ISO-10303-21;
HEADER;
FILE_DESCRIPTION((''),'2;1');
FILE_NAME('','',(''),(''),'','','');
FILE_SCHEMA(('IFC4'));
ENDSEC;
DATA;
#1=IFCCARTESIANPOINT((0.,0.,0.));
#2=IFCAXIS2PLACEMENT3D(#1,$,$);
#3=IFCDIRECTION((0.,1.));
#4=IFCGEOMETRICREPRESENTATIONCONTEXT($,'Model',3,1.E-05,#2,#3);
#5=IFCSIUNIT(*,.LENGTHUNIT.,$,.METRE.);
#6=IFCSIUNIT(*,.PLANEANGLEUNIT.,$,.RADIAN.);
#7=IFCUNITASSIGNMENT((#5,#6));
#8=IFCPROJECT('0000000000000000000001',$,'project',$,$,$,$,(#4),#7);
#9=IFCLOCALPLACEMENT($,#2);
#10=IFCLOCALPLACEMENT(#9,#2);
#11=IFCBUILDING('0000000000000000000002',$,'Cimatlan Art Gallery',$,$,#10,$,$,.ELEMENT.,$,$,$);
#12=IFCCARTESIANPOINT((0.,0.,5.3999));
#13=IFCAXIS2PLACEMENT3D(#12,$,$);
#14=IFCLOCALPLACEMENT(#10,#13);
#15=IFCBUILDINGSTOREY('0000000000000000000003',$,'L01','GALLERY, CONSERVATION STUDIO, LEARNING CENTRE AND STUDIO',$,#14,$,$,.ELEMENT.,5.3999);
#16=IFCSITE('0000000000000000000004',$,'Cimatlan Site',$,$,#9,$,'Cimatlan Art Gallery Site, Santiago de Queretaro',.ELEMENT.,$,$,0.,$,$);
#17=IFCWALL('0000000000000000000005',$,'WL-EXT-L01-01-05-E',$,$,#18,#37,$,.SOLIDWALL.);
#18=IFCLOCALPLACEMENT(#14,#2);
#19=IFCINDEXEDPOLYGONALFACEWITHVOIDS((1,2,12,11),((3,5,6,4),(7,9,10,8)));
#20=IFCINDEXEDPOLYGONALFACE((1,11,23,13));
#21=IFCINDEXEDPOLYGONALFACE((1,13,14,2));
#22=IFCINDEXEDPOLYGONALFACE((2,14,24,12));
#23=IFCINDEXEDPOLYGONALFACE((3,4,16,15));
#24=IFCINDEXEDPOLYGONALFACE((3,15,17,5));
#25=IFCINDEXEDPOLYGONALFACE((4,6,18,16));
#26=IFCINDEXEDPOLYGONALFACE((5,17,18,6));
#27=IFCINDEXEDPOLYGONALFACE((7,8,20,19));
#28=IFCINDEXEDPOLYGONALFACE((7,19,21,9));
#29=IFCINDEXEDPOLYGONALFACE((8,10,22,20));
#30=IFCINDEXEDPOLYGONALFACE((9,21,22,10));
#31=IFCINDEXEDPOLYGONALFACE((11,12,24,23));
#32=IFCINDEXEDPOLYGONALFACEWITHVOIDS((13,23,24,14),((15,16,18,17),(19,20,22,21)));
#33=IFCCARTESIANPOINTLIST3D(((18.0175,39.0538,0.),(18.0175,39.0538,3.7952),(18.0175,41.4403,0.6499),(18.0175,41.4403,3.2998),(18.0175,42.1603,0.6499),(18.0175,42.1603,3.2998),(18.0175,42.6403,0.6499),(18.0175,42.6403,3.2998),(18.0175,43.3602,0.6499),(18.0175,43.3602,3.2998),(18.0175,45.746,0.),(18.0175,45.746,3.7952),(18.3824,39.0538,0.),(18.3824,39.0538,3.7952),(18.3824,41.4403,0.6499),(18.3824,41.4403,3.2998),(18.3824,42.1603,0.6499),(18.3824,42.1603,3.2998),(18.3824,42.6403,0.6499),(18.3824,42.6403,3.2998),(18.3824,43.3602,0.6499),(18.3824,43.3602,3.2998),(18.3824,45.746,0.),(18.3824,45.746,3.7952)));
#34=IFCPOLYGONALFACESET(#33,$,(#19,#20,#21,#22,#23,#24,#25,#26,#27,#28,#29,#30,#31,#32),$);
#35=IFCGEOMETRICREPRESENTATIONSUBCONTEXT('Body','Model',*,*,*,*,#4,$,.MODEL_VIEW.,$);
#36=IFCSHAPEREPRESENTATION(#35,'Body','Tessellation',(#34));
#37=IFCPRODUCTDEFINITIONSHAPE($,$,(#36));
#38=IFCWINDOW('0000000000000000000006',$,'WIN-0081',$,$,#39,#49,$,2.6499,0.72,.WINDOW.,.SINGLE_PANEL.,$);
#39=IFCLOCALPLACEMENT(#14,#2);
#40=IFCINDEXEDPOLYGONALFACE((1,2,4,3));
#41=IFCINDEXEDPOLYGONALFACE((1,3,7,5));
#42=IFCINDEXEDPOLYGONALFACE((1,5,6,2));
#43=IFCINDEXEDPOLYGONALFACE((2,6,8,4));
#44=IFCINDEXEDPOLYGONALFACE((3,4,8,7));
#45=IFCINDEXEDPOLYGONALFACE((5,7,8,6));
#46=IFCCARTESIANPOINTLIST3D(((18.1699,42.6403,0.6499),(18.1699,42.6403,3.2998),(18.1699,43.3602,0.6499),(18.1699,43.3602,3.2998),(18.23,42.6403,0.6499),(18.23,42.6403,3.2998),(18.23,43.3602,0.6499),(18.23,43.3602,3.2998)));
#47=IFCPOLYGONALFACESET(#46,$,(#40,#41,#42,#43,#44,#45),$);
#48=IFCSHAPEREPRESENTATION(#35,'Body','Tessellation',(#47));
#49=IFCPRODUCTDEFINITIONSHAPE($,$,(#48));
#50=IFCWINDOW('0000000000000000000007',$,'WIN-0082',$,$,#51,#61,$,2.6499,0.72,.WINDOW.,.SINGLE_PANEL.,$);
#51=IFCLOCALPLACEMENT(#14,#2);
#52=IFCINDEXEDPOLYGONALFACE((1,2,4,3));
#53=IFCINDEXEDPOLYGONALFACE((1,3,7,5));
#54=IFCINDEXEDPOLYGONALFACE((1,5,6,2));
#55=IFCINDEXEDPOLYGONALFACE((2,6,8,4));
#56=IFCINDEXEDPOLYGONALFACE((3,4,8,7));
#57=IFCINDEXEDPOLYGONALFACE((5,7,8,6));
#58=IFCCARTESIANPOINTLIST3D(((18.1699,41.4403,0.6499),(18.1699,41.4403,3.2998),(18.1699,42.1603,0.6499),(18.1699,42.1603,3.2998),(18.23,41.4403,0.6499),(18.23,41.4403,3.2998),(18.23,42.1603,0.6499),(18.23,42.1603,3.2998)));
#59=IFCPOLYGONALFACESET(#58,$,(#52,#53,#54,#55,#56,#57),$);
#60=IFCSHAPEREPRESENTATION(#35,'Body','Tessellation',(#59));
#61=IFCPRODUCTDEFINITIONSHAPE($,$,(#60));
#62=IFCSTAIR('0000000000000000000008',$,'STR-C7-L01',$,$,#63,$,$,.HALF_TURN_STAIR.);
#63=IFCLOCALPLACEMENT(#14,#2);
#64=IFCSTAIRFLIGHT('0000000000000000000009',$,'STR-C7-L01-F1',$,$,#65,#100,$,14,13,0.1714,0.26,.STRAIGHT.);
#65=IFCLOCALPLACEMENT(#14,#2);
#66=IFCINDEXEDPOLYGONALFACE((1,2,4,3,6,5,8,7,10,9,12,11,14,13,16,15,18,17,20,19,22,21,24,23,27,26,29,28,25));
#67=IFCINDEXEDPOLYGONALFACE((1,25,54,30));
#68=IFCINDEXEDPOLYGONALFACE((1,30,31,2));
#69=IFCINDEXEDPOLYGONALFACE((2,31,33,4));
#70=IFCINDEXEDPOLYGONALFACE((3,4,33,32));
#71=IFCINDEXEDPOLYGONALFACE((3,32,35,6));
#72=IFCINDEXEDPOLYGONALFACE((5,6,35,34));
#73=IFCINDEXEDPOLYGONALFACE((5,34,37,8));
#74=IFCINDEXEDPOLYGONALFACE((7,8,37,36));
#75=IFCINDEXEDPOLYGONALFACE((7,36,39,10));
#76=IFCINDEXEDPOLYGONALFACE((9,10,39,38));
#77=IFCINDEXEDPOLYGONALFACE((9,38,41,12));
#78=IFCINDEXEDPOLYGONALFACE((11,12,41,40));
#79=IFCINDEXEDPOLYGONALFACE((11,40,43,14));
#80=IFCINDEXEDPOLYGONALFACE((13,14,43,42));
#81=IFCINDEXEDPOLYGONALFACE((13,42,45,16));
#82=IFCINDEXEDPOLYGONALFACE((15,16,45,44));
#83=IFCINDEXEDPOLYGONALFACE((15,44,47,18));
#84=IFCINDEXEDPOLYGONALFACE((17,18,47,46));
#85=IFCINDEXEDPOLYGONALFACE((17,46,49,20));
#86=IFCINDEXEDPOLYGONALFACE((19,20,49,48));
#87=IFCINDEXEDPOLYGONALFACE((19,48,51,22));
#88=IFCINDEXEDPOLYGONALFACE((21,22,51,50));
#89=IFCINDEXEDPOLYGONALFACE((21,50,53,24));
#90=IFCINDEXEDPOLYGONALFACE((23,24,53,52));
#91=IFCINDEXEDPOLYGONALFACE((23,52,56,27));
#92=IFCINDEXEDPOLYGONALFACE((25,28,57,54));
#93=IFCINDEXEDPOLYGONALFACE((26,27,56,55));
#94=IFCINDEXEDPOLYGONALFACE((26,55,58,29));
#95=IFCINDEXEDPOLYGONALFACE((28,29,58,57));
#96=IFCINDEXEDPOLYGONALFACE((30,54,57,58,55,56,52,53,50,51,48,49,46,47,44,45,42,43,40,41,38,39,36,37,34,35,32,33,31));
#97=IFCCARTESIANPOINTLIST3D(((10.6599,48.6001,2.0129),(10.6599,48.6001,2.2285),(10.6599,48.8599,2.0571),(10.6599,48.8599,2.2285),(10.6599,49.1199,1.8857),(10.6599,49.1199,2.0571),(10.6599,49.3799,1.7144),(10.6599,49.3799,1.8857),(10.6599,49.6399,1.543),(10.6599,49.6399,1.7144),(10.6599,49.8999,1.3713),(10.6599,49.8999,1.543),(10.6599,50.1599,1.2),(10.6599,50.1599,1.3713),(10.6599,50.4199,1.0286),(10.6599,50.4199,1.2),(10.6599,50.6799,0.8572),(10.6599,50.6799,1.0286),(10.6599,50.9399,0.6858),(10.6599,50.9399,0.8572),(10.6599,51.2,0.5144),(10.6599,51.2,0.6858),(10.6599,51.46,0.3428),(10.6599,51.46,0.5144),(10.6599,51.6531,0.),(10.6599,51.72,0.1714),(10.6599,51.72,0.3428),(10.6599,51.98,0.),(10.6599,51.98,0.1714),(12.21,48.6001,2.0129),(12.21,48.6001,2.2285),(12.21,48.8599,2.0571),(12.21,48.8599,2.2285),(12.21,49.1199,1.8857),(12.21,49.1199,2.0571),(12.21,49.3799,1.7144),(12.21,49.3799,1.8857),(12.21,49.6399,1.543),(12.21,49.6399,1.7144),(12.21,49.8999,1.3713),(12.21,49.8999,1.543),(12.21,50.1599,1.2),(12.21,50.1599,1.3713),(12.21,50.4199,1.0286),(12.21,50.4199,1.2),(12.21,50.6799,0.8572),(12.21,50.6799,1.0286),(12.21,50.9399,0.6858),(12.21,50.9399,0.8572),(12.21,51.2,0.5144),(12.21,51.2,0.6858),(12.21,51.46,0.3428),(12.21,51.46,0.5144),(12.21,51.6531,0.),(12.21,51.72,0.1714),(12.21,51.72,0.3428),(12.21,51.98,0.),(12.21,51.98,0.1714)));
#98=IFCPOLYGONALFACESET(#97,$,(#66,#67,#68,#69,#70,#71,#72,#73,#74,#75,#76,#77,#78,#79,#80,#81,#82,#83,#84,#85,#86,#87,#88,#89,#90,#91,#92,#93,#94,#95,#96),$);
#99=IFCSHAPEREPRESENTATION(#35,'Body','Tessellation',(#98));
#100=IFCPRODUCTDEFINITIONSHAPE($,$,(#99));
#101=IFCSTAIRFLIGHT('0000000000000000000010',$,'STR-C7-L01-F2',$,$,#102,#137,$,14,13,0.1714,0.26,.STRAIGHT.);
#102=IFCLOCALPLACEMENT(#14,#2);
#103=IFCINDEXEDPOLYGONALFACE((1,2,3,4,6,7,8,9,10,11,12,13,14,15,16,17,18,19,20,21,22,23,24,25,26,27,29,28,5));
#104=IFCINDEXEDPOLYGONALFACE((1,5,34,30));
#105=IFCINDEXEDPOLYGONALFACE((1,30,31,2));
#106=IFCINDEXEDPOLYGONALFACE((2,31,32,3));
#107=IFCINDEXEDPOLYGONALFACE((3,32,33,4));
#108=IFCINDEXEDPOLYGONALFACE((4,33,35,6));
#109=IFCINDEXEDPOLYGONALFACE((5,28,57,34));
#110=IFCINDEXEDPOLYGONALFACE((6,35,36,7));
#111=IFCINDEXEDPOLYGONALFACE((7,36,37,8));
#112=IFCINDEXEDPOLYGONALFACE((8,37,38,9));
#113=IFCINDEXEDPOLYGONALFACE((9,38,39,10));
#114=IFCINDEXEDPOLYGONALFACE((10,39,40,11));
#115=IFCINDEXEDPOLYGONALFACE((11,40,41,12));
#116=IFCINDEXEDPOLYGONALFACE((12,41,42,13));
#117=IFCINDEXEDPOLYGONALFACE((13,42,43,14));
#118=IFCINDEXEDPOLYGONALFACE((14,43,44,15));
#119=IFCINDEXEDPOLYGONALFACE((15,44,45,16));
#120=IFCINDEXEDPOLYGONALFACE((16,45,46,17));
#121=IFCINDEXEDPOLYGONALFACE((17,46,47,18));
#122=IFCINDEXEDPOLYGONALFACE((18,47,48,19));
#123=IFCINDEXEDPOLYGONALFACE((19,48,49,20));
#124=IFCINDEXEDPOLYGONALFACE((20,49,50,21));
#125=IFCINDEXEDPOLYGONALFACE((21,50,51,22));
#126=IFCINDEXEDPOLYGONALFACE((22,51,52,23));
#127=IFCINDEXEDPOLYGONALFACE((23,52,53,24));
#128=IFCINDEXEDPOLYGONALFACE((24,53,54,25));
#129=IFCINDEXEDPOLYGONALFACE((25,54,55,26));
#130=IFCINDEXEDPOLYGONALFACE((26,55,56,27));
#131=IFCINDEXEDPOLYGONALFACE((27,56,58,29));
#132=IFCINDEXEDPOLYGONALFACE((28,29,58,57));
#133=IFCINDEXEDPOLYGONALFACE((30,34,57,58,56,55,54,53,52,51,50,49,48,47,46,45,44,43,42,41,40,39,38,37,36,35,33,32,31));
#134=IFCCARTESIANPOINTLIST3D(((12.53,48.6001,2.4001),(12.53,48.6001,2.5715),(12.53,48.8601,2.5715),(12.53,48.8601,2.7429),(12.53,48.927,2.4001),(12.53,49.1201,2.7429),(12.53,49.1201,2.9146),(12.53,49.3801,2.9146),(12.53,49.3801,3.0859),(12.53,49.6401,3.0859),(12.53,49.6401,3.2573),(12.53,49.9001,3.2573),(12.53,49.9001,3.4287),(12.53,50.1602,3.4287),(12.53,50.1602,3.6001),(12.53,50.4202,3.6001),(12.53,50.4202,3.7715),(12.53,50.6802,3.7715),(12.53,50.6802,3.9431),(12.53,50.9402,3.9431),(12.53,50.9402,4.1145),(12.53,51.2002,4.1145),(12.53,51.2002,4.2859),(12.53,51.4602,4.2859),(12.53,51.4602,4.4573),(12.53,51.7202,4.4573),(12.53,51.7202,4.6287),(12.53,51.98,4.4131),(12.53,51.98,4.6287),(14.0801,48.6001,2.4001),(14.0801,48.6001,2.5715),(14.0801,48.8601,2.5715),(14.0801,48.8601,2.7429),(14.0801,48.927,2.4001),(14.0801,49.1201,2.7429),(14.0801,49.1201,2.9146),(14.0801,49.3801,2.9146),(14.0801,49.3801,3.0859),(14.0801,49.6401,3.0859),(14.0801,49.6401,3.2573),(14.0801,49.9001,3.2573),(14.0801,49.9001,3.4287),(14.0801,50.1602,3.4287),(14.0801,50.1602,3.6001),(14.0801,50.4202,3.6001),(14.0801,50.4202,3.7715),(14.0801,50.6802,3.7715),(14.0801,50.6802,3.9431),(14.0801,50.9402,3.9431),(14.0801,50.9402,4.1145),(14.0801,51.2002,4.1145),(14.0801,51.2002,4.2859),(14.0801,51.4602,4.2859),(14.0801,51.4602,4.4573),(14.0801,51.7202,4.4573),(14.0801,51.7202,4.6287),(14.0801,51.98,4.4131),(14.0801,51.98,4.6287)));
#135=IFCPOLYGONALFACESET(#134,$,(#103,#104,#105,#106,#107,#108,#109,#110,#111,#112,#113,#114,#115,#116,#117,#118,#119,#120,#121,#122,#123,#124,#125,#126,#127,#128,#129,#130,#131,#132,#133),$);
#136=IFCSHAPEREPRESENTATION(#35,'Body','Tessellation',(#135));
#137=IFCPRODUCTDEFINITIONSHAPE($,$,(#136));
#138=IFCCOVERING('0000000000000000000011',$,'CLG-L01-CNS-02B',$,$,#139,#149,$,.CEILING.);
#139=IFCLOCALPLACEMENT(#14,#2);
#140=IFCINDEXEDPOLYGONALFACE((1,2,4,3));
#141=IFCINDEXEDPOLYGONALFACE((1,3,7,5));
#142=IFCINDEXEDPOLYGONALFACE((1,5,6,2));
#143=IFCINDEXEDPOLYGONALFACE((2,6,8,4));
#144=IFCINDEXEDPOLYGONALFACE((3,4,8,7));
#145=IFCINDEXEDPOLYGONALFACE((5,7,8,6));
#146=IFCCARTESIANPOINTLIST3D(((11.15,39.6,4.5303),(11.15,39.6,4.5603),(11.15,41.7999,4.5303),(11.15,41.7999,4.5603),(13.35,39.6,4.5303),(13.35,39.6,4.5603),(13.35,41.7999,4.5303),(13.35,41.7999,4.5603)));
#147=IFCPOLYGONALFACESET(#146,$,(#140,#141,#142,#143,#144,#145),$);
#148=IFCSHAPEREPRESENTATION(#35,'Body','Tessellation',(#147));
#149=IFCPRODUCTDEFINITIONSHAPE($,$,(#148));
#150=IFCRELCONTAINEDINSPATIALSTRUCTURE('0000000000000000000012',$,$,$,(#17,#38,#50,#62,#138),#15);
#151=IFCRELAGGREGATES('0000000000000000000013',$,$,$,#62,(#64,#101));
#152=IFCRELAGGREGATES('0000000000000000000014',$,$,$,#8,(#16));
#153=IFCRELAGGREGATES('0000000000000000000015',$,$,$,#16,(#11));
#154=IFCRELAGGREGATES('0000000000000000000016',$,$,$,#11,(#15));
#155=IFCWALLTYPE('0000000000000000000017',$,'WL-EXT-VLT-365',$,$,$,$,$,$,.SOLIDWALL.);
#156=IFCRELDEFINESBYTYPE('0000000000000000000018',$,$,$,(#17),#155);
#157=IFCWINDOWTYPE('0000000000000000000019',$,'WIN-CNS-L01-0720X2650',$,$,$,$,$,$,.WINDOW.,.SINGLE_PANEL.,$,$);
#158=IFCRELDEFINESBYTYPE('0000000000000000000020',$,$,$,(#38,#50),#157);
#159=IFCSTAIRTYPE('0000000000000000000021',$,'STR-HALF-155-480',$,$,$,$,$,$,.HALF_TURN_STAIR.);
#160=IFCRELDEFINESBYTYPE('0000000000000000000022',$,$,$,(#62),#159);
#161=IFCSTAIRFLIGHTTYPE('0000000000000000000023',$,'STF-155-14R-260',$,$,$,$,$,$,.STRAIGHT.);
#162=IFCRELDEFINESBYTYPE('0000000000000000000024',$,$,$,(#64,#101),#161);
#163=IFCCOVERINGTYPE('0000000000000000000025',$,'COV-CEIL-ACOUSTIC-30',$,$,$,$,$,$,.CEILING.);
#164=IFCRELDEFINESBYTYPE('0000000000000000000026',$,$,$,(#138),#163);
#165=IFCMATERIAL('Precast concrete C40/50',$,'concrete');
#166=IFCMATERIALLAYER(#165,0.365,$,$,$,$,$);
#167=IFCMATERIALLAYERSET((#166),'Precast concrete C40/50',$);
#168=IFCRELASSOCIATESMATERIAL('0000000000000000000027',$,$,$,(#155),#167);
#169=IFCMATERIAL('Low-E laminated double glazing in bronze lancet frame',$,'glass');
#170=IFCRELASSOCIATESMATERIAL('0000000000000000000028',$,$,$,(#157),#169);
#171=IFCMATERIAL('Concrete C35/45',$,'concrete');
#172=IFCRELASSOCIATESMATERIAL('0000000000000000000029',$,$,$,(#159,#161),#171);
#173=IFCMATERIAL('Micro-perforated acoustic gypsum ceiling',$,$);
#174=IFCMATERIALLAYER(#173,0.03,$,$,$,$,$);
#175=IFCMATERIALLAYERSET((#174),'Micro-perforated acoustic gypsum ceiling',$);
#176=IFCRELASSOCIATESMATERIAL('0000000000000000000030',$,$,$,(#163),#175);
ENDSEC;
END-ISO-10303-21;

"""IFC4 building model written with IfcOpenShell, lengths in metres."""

from ifc_helpers import new_model, si_unit, direction, frame, frame_2d, origin, origin_2d, place, context, subcontext, project, spatial, polyline, rectangle, outline, extrude, material, layer, layer_set, type_object, element, fill, aggregate, save


model = new_model("IFC4")

# Units and contexts
model_context = context("Model", 3, precision=1e-05, world=origin(), true_north=direction((0.0, 1.0)))
body_context = subcontext(model_context, "Body", "Model", "MODEL_VIEW")
ifc_project = project(units=[si_unit("LENGTHUNIT", "METRE"), si_unit("PLANEANGLEUNIT", "RADIAN")], contexts=[model_context])

# Site, building, storey
site_placement = place(None, origin())
site = spatial("IfcSite", under=ifc_project, at=site_placement, Name="Cimatlan Site", LongName="Cimatlan Art Gallery Site, Santiago de Queretaro", CompositionType="ELEMENT", RefElevation=0.0)
building_placement = place(site_placement, origin())
building = spatial("IfcBuilding", under=site, at=building_placement, Name="Cimatlan Art Gallery", CompositionType="ELEMENT")
storey_placement = place(building_placement, frame((0.0, 0.0, 5.3999)))
storey = spatial("IfcBuildingStorey", under=building, at=storey_placement, Name="L01", Description="GALLERY, CONSERVATION STUDIO, LEARNING CENTRE AND STUDIO", CompositionType="ELEMENT", Elevation=5.3999)

# Wall, openings, windows
ifc_material_1 = material(Name="Precast concrete C40/50", Category="concrete")
ifc_layer_1 = layer(ifc_material_1, 0.365)
ifc_layer_set_1 = layer_set([ifc_layer_1], Name="Precast concrete C40/50")
wall_type_1 = type_object("IfcWallType", Name="WL-EXT-VLT-365", PredefinedType="SOLIDWALL", material=ifc_layer_set_1)
wall_1_placement = place(storey_placement, frame((18.2, 45.7461, 0.0), z_axis=(0.0, 0.0, 1.0), x_axis=(0.0, -1.0, 0.0)))
wall_1 = element("IfcWall", 1, at=wall_1_placement, inside=storey, type_object=wall_type_1, Name="WL-EXT-L01-01-05-E", PredefinedType="SOLIDWALL", context=body_context, shape_type="SweptSolid", body=[
    extrude(rectangle(XDim=6.6921, YDim=0.365, at=frame_2d((3.3462, 0.0))), origin(), (0.0, 0.0, 1.0), 3.7952),
])
opening_1_placement = place(wall_1_placement, frame((2.386, 0.0, 0.6499)))
opening_1 = element("IfcOpeningElement", 2, at=opening_1_placement, cuts=wall_1, PredefinedType="OPENING", context=body_context, shape_type="SweptSolid", body=[
    extrude(rectangle(XDim=0.72, YDim=2.6499, at=frame_2d((0.3599, 1.325))), frame((0.0, 0.1924, 0.0), z_axis=(0.0, -1.0, 0.0), x_axis=(1.0, 0.0, 0.0)), (0.0, 0.0, 1.0), 0.385),
])
opening_2_placement = place(wall_1_placement, frame((3.5859, 0.0, 0.6499)))
opening_2 = element("IfcOpeningElement", 3, at=opening_2_placement, cuts=wall_1, PredefinedType="OPENING", context=body_context, shape_type="SweptSolid", body=[
    extrude(rectangle(XDim=0.72, YDim=2.6499, at=frame_2d((0.3599, 1.325))), frame((0.0, 0.1924, 0.0), z_axis=(0.0, -1.0, 0.0), x_axis=(1.0, 0.0, 0.0)), (0.0, 0.0, 1.0), 0.385),
])
ifc_material_2 = material(Name="Low-E laminated double glazing in bronze lancet frame", Category="glass")
window_type = type_object("IfcWindowType", Name="WIN-CNS-L01-0720X2650", PartitioningType="SINGLE_PANEL", PredefinedType="WINDOW", material=ifc_material_2)
window_1_placement = place(opening_1_placement, origin())
window_1 = element("IfcWindow", 4, at=window_1_placement, inside=storey, type_object=window_type, Name="WIN-0081", OverallHeight=2.6499, OverallWidth=0.72, PartitioningType="SINGLE_PANEL", PredefinedType="WINDOW", context=body_context, shape_type="SweptSolid", body=[
    extrude(rectangle(XDim=0.72, YDim=2.6499, at=frame_2d((0.3599, 1.325))), frame((0.0, 0.03, 0.0), z_axis=(0.0, -1.0, 0.0), x_axis=(1.0, 0.0, 0.0)), (0.0, 0.0, 1.0), 0.0601),
])
fill(opening_1, window_1)
window_2_placement = place(opening_2_placement, origin())
window_2 = element("IfcWindow", 5, at=window_2_placement, inside=storey, type_object=window_type, Name="WIN-0082", OverallHeight=2.6499, OverallWidth=0.72, PartitioningType="SINGLE_PANEL", PredefinedType="WINDOW", context=body_context, shape_type="SweptSolid", body=[
    extrude(rectangle(XDim=0.72, YDim=2.6499, at=frame_2d((0.3599, 1.325))), frame((0.0, 0.03, 0.0), z_axis=(0.0, -1.0, 0.0), x_axis=(1.0, 0.0, 0.0)), (0.0, 0.0, 1.0), 0.0601),
])
fill(opening_2, window_2)

# Stair, stair flights
ifc_material_3 = material(Name="Concrete C35/45", Category="concrete")
stair_type = type_object("IfcStairType", Name="STR-HALF-155-480", PredefinedType="HALF_TURN_STAIR", material=ifc_material_3)
stair_placement = place(storey_placement, origin())
stair = element("IfcStair", 6, at=stair_placement, inside=storey, type_object=stair_type, Name="STR-C7-L01", PredefinedType="HALF_TURN_STAIR")
stair_flight_type = type_object("IfcStairFlightType", Name="STF-155-14R-260", PredefinedType="STRAIGHT", material=ifc_material_3)
stair_flight_1_placement = place(storey_placement, frame((11.4351, 51.98, 0.0), z_axis=(0.0, 0.0, 1.0), x_axis=(0.0, -1.0, 0.0)))
stair_flight_1 = element("IfcStairFlight", 7, at=stair_flight_1_placement, type_object=stair_flight_type, Name="STR-C7-L01-F1", NumberOfRisers=14, NumberOfTreads=13, PredefinedType="STRAIGHT", RiserHeight=0.1714, TreadLength=0.26, context=body_context, shape_type="SweptSolid", body=[
    extrude(outline(polyline([(0.0, 0.0), (0.0, 0.1714), (0.26, 0.1714), (0.26, 0.3428), (0.52, 0.3428), (0.52, 0.5144), (0.78, 0.5144), (0.78, 0.6858), (1.04, 0.6858), (1.04, 0.8572), (1.3, 0.8572), (1.3, 1.0286), (1.5601, 1.0286), (1.5601, 1.2), (1.8201, 1.2), (1.8201, 1.3713), (2.0801, 1.3713), (2.0801, 1.543), (2.3401, 1.543), (2.3401, 1.7144), (2.6001, 1.7144), (2.6001, 1.8857), (2.8601, 1.8857), (2.8601, 2.0571), (3.1201, 2.0571), (3.1201, 2.2285), (3.3799, 2.2285), (3.3799, 2.3999), (3.3799, 2.0129), (0.3269, 0.0), (0.0, 0.0)])), frame((0.0, 0.7749, 0.0), z_axis=(0.0, -1.0, 0.0), x_axis=(1.0, 0.0, 0.0)), (0.0, 0.0, 1.0), 1.55),
])
stair_flight_2_placement = place(storey_placement, frame((13.3049, 48.6001, 2.4001), z_axis=(0.0, 0.0, 1.0), x_axis=(0.0, 1.0, 0.0)))
stair_flight_2 = element("IfcStairFlight", 8, at=stair_flight_2_placement, type_object=stair_flight_type, Name="STR-C7-L01-F2", NumberOfRisers=14, NumberOfTreads=13, PredefinedType="STRAIGHT", RiserHeight=0.1714, TreadLength=0.26, context=body_context, shape_type="SweptSolid", body=[
    extrude(outline(polyline([(0.0, 0.0), (0.0, 0.1714), (0.26, 0.1714), (0.26, 0.3428), (0.52, 0.3428), (0.52, 0.5144), (0.78, 0.5144), (0.78, 0.6858), (1.04, 0.6858), (1.04, 0.8572), (1.3, 0.8572), (1.3, 1.0286), (1.5601, 1.0286), (1.5601, 1.2), (1.8201, 1.2), (1.8201, 1.3713), (2.0801, 1.3713), (2.0801, 1.543), (2.3401, 1.543), (2.3401, 1.7144), (2.6001, 1.7144), (2.6001, 1.8857), (2.8601, 1.8857), (2.8601, 2.0571), (3.1201, 2.0571), (3.1201, 2.2285), (3.3799, 2.2285), (3.3799, 2.3999), (3.3799, 2.0129), (0.3269, 0.0), (0.0, 0.0)])), frame((0.0, 0.7749, 0.0), z_axis=(0.0, -1.0, 0.0), x_axis=(1.0, 0.0, 0.0)), (0.0, 0.0, 1.0), 1.55),
])
aggregate(stair, [stair_flight_1, stair_flight_2])

# Covering
ifc_material_4 = material(Name="Micro-perforated acoustic gypsum ceiling")
ifc_layer_2 = layer(ifc_material_4, 0.03)
ifc_layer_set_2 = layer_set([ifc_layer_2], Name="Micro-perforated acoustic gypsum ceiling")
covering_type = type_object("IfcCoveringType", Name="COV-CEIL-ACOUSTIC-30", PredefinedType="CEILING", material=ifc_layer_set_2)
covering_placement = place(storey_placement, frame((12.25, 40.7, 4.5303), z_axis=(0.0, 0.0, 1.0), x_axis=(1.0, 0.0, 0.0)))
element("IfcCovering", 9, at=covering_placement, inside=storey, type_object=covering_type, Name="CLG-L01-CNS-02B", PredefinedType="CEILING", context=body_context, shape_type="SweptSolid", body=[
    extrude(rectangle(XDim=2.2, YDim=2.2, at=origin_2d()), origin(), (0.0, 0.0, 1.0), 0.03),
])

save(model, "model.ifc")
